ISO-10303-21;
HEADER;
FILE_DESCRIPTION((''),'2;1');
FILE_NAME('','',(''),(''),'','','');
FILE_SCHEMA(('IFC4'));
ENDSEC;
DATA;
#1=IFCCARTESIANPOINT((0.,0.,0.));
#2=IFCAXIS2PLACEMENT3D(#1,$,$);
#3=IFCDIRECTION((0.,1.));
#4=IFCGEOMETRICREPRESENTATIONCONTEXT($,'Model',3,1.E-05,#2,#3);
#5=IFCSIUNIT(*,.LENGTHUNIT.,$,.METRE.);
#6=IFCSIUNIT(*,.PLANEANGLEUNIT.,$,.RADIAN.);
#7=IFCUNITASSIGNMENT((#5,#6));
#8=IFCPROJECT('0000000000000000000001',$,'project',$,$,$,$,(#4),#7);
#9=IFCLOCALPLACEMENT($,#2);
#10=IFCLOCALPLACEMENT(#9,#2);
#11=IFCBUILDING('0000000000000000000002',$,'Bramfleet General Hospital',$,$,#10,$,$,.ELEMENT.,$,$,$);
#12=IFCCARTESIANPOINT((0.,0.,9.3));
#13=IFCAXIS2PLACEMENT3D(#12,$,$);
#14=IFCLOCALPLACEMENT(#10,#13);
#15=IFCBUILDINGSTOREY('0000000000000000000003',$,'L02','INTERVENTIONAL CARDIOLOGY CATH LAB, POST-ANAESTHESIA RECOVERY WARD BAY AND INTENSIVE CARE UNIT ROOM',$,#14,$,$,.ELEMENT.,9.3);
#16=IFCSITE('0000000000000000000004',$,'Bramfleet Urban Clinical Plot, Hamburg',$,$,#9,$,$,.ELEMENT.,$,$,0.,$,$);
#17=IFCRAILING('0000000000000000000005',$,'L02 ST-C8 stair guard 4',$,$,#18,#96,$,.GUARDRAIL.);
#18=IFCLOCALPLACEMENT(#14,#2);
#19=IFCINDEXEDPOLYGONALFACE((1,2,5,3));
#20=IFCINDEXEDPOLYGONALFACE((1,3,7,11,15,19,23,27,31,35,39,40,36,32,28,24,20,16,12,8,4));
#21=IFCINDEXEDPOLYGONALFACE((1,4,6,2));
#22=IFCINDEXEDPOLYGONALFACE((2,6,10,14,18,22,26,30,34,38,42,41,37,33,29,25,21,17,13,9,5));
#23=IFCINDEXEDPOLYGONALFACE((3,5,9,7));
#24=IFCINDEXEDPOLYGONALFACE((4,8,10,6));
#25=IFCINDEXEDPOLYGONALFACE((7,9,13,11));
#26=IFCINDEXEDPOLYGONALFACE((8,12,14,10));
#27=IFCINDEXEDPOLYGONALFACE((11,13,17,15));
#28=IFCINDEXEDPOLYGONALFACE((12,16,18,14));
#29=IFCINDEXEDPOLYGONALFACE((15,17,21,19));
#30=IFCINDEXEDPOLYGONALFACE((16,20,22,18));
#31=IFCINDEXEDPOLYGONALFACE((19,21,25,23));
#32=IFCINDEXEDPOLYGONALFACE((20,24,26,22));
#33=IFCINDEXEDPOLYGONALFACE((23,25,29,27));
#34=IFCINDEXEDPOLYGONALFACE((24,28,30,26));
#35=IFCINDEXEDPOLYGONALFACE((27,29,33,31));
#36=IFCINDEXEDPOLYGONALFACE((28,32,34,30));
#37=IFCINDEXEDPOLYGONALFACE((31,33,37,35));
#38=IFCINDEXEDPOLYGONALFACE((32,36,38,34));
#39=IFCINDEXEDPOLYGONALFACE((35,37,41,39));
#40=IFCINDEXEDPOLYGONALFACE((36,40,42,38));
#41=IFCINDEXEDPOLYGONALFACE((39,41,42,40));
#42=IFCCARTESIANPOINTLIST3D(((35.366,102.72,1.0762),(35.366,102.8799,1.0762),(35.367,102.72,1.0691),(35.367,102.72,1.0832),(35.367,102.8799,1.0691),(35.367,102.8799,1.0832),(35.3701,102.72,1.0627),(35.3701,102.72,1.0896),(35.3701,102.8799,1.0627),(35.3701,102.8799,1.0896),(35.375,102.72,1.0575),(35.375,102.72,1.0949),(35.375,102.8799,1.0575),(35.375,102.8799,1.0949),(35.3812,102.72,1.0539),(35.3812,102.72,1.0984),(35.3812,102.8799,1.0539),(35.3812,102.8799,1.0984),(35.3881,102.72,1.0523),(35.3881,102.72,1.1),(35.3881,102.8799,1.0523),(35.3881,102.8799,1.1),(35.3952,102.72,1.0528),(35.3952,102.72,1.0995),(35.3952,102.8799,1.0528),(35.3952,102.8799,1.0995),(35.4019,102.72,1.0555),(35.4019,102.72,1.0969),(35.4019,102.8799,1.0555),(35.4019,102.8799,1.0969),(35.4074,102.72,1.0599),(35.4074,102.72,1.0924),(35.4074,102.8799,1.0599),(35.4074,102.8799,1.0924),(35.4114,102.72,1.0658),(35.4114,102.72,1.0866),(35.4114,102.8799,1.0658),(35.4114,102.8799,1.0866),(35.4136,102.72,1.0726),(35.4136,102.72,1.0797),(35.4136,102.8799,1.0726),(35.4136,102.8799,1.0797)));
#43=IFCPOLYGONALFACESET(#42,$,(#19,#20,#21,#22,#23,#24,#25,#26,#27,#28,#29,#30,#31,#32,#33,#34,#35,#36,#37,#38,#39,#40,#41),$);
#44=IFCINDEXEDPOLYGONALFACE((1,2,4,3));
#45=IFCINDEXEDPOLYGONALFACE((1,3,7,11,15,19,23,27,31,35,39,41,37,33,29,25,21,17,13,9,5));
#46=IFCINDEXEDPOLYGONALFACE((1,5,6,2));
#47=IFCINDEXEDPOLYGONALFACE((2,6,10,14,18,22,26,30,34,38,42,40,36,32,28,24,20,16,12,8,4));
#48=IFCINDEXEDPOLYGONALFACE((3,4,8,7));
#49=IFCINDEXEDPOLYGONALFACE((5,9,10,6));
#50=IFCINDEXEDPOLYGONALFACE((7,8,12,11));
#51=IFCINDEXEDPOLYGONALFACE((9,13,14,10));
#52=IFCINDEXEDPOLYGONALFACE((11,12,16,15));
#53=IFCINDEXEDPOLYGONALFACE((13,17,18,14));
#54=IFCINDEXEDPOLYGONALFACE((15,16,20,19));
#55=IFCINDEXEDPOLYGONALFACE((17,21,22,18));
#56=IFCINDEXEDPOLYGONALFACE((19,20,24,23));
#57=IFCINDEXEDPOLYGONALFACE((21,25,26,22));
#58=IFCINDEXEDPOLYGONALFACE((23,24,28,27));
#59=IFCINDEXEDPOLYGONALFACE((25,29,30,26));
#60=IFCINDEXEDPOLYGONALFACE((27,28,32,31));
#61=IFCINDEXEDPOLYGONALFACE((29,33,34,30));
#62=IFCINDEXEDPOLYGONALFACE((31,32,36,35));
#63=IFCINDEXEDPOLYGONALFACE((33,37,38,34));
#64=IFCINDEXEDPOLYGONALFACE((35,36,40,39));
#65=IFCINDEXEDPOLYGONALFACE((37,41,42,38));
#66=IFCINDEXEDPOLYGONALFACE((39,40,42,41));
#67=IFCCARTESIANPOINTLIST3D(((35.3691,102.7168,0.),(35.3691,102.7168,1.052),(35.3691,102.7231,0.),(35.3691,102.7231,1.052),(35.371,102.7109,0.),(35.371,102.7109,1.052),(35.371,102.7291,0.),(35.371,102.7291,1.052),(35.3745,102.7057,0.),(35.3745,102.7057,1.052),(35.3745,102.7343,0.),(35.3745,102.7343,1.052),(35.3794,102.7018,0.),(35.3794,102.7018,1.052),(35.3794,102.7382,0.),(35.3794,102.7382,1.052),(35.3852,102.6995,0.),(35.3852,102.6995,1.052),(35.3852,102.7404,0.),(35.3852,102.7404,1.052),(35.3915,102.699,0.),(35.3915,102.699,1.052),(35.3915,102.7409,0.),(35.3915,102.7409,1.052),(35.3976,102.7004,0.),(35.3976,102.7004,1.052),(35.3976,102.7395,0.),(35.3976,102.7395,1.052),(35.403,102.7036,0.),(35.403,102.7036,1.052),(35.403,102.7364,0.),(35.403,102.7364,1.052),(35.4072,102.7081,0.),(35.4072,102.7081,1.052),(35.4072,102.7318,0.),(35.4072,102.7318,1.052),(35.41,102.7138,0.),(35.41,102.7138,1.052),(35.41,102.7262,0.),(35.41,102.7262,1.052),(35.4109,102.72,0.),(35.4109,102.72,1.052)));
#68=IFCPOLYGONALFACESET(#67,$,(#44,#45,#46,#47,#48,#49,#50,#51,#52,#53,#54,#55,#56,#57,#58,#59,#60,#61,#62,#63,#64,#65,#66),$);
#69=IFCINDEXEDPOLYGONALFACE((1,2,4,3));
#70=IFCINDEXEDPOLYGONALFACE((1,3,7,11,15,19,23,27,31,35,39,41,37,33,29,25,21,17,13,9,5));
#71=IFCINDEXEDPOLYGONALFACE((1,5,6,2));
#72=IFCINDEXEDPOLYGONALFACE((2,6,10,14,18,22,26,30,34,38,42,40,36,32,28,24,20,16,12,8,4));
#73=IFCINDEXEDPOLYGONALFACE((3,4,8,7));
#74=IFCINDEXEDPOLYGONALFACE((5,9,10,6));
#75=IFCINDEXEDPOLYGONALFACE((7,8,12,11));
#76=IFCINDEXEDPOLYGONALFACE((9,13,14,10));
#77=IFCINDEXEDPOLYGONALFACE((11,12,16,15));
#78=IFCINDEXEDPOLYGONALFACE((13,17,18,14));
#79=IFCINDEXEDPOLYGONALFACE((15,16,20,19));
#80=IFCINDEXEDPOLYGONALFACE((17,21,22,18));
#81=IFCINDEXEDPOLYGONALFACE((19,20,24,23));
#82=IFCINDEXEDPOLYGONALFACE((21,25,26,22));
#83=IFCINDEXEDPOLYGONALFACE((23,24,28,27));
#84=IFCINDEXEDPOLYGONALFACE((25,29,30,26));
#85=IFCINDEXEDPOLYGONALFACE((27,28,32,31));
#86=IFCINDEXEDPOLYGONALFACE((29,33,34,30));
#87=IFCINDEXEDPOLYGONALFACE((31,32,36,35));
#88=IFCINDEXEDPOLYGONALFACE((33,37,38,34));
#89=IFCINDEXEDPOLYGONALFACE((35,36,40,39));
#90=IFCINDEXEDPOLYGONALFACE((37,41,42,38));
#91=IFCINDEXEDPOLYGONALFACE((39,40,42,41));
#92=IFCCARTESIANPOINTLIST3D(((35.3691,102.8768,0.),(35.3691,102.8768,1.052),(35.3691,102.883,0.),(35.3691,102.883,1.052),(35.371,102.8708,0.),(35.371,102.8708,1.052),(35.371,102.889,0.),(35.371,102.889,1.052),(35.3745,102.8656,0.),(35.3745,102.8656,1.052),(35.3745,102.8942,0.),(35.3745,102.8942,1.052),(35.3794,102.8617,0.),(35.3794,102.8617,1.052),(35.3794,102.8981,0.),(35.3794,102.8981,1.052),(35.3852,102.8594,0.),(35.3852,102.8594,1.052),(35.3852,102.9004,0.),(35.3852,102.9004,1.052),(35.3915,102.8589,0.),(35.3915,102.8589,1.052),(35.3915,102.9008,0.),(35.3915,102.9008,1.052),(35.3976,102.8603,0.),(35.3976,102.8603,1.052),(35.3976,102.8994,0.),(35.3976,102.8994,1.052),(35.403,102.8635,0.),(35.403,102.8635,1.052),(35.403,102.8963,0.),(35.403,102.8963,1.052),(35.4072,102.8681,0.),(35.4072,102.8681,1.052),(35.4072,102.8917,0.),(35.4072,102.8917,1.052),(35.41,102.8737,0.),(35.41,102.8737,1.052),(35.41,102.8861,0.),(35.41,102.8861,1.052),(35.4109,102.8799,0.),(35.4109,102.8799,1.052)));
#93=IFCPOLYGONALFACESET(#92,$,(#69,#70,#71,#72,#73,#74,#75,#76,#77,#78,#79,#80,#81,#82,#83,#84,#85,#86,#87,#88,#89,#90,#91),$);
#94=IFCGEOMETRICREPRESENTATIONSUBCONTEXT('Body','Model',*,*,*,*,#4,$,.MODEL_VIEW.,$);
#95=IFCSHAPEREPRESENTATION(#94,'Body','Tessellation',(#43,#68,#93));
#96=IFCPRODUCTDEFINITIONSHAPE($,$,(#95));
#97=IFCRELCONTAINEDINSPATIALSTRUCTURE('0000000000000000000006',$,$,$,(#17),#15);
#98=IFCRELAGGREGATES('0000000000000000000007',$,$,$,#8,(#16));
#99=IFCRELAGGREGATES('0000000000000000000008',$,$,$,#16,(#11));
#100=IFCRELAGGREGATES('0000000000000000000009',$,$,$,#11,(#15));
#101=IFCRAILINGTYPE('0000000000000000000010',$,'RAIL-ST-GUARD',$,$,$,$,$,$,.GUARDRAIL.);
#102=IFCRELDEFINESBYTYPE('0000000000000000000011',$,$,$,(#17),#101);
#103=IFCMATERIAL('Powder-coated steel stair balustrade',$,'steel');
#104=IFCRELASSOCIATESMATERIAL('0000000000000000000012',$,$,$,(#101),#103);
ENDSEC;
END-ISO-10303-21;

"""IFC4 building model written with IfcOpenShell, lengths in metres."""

from ifc_helpers import new_model, si_unit, direction, frame, origin, origin_2d, place, context, subcontext, project, spatial, circle, extrude, material, type_object, element, save


model = new_model("IFC4")

# Units and contexts
model_context = context("Model", 3, precision=1e-05, world=origin(), true_north=direction((0.0, 1.0)))
body_context = subcontext(model_context, "Body", "Model", "MODEL_VIEW")
ifc_project = project(units=[si_unit("LENGTHUNIT", "METRE"), si_unit("PLANEANGLEUNIT", "RADIAN")], contexts=[model_context])

# Site, building, storey
site_placement = place(None, origin())
site = spatial("IfcSite", under=ifc_project, at=site_placement, Name="Bramfleet Urban Clinical Plot, Hamburg", CompositionType="ELEMENT", RefElevation=0.0)
building_placement = place(site_placement, origin())
building = spatial("IfcBuilding", under=site, at=building_placement, Name="Bramfleet General Hospital", CompositionType="ELEMENT")
storey_placement = place(building_placement, frame((0.0, 0.0, 9.3)))
storey = spatial("IfcBuildingStorey", under=building, at=storey_placement, Name="L02", Description="INTERVENTIONAL CARDIOLOGY CATH LAB, POST-ANAESTHESIA RECOVERY WARD BAY AND INTENSIVE CARE UNIT ROOM", CompositionType="ELEMENT", Elevation=9.3)

# Railing
ifc_material_1 = material(Name="Powder-coated steel stair balustrade", Category="steel")
railing_type_1 = type_object("IfcRailingType", Name="RAIL-ST-GUARD", PredefinedType="GUARDRAIL", material=ifc_material_1)
railing_1_placement = place(storey_placement, frame((35.3899, 102.72, 0.0)))
element("IfcRailing", 1, at=railing_1_placement, inside=storey, type_object=railing_type_1, Name="L02 ST-C8 stair guard 4", PredefinedType="GUARDRAIL", context=body_context, shape_type="SweptSolid", body=[
    extrude(circle(Radius=0.0239, at=origin_2d()), frame((0.0, 0.0, 1.0762), z_axis=(0.0, 1.0, 0.0), x_axis=(-1.0, 0.0, 0.0)), (0.0, 0.0, 1.0), 0.1599),
    extrude(circle(Radius=0.021, at=origin_2d()), origin(), (0.0, 0.0, 1.0), 1.052),
    extrude(circle(Radius=0.021, at=origin_2d()), frame((0.0, 0.1599, 0.0)), (0.0, 0.0, 1.0), 1.052),
])

save(model, "model.ifc")
